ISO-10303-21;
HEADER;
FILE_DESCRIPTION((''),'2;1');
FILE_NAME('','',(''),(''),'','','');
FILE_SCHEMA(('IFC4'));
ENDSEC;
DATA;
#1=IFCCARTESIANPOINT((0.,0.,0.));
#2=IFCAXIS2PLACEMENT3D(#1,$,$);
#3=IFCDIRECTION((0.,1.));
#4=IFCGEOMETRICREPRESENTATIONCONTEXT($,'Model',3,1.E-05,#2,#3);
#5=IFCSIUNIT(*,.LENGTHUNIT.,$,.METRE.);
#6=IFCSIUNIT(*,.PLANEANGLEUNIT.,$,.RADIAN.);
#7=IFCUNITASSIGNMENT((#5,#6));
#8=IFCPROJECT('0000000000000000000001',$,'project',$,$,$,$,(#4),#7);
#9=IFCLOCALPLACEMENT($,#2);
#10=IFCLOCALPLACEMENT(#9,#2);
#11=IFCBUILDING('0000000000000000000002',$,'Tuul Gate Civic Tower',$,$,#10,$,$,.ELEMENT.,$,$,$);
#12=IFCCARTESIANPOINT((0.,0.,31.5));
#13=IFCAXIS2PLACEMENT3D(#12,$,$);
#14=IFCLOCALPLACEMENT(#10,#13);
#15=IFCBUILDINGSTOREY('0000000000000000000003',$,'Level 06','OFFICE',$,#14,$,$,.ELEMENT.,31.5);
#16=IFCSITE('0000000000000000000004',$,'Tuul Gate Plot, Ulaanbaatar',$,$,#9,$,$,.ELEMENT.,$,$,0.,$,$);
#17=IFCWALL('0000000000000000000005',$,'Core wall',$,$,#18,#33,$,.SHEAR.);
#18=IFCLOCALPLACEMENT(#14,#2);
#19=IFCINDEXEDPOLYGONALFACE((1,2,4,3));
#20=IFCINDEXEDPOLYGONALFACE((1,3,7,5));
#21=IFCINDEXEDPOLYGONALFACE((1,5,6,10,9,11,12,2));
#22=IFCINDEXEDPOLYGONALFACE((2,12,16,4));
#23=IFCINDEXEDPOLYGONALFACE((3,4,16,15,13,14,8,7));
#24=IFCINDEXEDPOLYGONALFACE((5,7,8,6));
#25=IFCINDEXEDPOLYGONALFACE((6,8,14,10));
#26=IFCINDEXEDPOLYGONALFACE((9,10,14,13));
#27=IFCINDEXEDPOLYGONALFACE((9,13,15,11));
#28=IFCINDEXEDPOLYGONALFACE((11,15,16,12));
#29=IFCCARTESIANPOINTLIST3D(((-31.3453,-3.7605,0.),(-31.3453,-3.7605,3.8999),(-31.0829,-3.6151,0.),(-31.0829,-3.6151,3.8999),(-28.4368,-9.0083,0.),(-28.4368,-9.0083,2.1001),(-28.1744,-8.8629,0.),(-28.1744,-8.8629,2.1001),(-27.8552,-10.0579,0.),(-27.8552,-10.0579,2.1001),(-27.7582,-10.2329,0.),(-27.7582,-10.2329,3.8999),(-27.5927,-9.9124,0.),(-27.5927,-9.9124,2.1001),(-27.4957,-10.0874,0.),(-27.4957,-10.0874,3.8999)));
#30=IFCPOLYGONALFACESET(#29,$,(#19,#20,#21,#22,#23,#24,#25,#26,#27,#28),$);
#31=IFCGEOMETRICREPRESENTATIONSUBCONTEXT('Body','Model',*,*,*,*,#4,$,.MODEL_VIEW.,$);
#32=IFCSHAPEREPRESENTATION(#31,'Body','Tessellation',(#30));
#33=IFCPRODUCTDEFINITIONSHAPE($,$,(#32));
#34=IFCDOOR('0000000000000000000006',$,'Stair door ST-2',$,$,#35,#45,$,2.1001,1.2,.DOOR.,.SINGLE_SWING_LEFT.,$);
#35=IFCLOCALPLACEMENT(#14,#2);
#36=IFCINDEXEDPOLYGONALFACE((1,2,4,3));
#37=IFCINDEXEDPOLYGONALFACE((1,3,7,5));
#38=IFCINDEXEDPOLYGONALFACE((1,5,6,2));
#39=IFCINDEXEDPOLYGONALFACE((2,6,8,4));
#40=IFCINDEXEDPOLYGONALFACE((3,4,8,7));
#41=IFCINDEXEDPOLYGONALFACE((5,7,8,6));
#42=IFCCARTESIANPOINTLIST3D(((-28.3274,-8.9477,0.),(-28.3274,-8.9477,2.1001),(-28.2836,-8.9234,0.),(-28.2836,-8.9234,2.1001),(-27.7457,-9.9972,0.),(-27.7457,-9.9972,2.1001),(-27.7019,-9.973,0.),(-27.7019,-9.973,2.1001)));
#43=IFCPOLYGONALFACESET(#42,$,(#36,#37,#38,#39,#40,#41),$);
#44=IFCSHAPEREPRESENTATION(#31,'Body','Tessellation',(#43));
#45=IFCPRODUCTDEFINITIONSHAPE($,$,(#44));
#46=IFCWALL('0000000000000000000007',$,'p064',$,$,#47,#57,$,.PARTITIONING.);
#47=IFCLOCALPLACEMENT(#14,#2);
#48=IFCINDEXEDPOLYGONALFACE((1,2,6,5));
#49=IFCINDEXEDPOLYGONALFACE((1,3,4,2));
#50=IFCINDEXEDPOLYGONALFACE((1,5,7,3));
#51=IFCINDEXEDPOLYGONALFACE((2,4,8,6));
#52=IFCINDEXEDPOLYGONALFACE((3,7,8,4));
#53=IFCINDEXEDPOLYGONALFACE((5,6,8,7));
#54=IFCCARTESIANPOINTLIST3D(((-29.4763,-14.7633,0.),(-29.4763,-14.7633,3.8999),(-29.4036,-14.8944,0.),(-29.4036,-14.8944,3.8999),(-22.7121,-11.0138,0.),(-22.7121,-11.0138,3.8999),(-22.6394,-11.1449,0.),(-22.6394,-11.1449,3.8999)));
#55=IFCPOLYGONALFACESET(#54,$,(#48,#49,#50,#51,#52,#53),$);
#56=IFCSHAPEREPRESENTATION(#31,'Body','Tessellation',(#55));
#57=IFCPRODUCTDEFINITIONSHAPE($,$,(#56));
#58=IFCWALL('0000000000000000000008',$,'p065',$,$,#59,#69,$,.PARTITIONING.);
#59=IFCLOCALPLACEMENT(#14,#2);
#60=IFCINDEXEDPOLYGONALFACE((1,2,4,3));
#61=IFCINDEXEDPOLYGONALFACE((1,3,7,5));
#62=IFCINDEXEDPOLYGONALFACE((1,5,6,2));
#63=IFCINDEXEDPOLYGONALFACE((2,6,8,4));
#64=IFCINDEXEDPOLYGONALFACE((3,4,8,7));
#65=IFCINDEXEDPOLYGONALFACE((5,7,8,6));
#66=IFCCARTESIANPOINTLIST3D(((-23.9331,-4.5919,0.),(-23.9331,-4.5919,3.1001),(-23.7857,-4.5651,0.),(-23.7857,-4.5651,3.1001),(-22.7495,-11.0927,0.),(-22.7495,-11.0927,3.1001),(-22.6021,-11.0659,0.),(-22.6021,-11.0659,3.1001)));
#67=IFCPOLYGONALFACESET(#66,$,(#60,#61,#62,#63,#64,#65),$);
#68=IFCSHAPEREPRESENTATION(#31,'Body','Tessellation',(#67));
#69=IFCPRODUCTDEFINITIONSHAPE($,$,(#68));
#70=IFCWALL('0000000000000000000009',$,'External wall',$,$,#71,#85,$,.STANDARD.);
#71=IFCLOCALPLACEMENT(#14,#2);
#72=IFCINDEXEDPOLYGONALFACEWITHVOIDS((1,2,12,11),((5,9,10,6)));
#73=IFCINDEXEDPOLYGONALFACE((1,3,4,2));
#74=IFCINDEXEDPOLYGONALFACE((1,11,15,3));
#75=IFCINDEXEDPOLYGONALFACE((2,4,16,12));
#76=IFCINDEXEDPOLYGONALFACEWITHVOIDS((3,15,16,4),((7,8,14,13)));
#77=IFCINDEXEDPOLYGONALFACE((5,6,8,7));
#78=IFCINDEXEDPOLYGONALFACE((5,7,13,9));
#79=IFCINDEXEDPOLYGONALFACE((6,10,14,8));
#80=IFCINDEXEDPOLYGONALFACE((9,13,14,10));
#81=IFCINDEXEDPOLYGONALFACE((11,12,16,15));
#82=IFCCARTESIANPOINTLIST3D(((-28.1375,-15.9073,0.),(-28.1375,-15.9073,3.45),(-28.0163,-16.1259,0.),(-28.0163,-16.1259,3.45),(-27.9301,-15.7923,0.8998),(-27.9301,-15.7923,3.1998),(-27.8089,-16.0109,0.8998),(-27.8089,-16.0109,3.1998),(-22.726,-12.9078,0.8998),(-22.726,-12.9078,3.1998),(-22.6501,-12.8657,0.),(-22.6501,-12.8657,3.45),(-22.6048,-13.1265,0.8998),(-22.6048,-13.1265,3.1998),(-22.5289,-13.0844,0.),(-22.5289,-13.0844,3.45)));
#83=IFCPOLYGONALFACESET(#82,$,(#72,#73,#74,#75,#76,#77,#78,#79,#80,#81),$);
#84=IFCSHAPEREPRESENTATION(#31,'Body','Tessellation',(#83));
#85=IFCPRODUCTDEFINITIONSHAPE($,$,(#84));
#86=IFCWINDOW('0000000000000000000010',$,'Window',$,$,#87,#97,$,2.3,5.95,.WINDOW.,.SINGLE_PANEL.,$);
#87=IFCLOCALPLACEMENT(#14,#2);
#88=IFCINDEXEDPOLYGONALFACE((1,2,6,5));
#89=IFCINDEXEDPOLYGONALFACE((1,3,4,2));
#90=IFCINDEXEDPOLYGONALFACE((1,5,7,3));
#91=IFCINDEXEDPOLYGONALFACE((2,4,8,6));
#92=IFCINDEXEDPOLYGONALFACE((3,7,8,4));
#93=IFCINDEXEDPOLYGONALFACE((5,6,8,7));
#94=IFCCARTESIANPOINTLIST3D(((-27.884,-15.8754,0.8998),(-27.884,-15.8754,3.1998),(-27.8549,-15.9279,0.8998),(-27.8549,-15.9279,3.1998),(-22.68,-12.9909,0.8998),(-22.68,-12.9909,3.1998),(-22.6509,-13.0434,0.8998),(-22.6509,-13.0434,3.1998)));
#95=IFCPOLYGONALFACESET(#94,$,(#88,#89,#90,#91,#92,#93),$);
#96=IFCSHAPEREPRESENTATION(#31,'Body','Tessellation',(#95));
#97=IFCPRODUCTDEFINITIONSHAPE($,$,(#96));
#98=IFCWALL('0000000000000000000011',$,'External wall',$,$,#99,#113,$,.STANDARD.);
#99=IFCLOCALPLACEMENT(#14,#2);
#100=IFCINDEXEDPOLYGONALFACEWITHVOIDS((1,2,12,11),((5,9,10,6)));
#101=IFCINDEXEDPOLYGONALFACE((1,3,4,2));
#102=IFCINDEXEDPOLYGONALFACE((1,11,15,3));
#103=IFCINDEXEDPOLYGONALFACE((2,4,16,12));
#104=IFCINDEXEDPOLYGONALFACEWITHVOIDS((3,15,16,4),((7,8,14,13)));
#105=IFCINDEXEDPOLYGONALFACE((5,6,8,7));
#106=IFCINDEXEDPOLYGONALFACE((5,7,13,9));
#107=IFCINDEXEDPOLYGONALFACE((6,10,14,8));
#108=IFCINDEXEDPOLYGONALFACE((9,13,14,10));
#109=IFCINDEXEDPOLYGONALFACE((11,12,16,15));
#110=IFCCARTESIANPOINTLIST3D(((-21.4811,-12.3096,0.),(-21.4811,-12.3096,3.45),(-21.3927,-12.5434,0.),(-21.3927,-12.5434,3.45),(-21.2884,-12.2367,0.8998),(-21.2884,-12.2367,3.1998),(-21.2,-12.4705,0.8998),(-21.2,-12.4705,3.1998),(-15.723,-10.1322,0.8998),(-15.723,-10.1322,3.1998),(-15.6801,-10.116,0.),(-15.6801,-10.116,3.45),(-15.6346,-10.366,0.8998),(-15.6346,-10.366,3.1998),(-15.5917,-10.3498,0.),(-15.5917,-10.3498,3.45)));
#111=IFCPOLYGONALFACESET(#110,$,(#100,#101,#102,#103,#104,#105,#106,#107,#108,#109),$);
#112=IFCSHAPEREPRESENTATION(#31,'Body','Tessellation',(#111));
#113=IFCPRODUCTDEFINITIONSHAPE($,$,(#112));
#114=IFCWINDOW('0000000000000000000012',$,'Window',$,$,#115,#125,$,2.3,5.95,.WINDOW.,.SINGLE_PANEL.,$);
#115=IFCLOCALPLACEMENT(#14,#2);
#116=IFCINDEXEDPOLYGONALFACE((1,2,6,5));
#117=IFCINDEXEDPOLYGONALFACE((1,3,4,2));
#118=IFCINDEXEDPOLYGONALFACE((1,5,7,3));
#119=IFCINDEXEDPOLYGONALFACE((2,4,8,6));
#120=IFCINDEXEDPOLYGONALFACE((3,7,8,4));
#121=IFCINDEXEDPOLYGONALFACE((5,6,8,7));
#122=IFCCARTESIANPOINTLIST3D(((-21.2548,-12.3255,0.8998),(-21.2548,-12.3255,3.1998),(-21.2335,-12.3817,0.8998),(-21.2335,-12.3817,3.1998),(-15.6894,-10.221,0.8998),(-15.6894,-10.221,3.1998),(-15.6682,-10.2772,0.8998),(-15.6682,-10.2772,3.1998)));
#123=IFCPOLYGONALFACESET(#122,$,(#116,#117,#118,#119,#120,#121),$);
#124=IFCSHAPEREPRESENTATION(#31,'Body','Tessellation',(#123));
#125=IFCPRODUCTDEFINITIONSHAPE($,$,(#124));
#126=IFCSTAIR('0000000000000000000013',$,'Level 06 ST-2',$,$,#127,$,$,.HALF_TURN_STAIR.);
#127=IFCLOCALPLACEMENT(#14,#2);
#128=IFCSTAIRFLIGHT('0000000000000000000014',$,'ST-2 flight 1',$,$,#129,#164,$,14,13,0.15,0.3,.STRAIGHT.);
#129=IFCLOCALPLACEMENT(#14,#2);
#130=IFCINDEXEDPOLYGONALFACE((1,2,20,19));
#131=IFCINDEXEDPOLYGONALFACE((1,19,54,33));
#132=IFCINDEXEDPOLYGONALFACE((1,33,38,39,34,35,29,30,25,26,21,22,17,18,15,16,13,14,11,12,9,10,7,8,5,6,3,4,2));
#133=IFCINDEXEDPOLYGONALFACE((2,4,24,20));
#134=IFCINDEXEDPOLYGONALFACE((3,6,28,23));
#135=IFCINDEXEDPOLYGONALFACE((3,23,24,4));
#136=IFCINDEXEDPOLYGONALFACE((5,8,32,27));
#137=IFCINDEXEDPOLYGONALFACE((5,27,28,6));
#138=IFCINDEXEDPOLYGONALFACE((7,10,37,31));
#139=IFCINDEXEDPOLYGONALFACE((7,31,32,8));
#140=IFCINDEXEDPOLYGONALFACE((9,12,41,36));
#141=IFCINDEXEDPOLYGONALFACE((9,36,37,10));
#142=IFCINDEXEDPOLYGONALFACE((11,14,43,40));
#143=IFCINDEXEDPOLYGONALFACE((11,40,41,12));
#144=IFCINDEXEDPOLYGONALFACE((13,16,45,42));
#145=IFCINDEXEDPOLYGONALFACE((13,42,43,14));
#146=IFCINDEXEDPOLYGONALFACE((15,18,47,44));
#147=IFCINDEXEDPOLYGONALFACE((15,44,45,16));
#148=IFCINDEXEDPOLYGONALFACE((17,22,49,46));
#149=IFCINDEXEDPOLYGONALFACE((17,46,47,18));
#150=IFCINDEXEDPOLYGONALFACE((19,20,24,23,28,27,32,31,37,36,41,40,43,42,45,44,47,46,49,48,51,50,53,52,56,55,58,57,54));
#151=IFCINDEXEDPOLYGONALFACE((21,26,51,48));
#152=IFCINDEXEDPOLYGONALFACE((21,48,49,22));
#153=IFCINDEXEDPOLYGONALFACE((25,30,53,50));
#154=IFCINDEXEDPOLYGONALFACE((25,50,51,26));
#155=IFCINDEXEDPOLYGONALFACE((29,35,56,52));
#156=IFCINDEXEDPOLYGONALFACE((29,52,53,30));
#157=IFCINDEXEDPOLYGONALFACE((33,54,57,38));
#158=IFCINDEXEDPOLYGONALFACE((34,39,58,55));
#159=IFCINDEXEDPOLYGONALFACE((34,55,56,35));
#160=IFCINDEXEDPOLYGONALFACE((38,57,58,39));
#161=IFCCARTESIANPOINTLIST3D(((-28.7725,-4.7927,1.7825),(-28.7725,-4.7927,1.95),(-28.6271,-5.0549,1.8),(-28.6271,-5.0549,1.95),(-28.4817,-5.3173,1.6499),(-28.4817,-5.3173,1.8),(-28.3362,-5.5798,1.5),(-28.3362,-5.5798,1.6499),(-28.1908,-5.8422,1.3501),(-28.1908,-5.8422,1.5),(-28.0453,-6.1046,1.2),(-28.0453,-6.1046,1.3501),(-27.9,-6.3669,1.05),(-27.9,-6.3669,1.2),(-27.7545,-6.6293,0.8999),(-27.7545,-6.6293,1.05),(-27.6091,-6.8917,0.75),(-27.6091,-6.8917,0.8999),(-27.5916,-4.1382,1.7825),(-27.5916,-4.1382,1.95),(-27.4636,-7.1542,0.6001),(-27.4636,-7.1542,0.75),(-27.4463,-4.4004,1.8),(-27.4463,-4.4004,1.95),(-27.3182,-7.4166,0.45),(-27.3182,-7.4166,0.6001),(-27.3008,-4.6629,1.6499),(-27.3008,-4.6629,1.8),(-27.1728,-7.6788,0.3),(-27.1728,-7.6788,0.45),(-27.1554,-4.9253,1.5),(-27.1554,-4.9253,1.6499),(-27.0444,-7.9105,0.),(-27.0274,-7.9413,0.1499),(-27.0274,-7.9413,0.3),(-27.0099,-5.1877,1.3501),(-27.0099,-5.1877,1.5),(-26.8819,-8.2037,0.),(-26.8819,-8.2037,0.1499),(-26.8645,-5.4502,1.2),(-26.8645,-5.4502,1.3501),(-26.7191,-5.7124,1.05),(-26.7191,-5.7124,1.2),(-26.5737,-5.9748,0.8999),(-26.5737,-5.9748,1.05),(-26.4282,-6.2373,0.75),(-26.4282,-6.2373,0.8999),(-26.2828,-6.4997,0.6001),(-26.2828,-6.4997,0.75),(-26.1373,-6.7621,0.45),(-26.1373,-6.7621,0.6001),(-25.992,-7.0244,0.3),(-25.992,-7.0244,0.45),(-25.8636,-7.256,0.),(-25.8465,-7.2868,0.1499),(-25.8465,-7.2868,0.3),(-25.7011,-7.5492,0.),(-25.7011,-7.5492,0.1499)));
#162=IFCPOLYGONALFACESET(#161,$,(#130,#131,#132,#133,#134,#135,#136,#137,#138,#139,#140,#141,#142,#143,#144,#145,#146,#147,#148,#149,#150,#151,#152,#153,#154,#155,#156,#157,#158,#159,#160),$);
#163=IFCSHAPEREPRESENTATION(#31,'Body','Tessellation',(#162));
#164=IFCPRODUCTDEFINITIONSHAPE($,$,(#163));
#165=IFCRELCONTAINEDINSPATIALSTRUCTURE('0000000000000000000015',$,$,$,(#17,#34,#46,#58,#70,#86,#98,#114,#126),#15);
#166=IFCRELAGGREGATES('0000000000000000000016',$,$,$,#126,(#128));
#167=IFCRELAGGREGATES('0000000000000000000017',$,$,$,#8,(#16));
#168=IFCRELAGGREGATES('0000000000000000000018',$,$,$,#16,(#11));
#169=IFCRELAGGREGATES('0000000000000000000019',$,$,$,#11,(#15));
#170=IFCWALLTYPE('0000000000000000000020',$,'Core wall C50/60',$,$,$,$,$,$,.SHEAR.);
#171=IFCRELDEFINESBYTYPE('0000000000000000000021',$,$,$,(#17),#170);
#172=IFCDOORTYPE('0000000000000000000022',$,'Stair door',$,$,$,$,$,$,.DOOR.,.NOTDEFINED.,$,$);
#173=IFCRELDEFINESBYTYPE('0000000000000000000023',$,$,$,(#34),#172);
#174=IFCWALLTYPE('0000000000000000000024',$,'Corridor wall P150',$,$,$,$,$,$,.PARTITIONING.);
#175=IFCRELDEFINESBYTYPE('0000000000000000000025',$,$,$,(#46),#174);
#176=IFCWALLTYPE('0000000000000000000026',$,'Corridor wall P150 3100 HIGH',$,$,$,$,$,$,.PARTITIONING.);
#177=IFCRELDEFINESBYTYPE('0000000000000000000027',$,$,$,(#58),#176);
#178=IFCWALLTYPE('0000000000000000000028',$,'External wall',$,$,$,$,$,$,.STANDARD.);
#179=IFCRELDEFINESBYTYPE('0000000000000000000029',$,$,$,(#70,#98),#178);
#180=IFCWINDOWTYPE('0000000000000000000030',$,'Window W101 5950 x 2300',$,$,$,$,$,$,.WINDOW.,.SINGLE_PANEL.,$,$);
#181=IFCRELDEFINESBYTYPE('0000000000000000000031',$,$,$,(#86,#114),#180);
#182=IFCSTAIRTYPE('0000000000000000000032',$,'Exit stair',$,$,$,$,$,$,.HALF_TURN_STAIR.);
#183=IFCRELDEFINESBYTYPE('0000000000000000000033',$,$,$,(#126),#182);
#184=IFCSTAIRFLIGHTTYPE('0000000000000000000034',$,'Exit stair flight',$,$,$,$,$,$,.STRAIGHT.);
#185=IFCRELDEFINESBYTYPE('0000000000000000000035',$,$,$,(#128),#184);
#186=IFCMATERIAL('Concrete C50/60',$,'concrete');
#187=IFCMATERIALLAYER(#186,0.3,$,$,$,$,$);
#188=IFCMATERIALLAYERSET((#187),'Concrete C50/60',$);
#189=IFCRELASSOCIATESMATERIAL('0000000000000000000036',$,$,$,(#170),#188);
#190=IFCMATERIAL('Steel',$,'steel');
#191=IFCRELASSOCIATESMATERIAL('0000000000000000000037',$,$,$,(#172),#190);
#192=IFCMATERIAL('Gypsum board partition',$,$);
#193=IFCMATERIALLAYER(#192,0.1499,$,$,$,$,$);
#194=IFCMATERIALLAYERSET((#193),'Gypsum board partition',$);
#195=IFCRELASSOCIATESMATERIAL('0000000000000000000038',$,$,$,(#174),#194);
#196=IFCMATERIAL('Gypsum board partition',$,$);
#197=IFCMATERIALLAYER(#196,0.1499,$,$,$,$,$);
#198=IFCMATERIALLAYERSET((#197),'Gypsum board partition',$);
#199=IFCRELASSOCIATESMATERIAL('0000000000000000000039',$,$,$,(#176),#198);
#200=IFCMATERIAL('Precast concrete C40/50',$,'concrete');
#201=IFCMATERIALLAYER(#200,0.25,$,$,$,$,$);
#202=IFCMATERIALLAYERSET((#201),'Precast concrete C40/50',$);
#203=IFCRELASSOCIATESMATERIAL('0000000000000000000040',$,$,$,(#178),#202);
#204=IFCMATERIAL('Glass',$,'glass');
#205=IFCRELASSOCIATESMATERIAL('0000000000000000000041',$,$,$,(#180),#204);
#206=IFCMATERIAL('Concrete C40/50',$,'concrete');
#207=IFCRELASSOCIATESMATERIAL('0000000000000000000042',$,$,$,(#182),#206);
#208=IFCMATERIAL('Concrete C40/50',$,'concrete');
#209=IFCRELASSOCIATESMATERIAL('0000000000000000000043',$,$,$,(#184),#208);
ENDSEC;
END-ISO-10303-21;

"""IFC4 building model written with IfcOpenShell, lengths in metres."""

from ifc_helpers import new_model, si_unit, direction, frame, frame_2d, origin, place, context, subcontext, project, spatial, polyline, rectangle, outline, extrude, material, layer, layer_set, type_object, element, fill, aggregate, save


model = new_model("IFC4")

# Units and contexts
model_context = context("Model", 3, precision=1e-05, world=origin(), true_north=direction((0.0, 1.0)))
body_context = subcontext(model_context, "Body", "Model", "MODEL_VIEW")
ifc_project = project(units=[si_unit("LENGTHUNIT", "METRE"), si_unit("PLANEANGLEUNIT", "RADIAN")], contexts=[model_context])

# Site, building, storey
site_placement = place(None, origin())
site = spatial("IfcSite", under=ifc_project, at=site_placement, Name="Tuul Gate Plot, Ulaanbaatar", CompositionType="ELEMENT", RefElevation=0.0)
building_placement = place(site_placement, origin())
building = spatial("IfcBuilding", under=site, at=building_placement, Name="Tuul Gate Civic Tower", CompositionType="ELEMENT")
storey_placement = place(building_placement, frame((0.0, 0.0, 31.5)))
storey = spatial("IfcBuildingStorey", under=building, at=storey_placement, Name="Level 06", Description="OFFICE", CompositionType="ELEMENT", Elevation=31.5)

# Shared definitions
ifc_material_1 = material(Name="Concrete C50/60", Category="concrete")
ifc_layer_1 = layer(ifc_material_1, 0.3)
ifc_layer_set_1 = layer_set([ifc_layer_1], Name="Concrete C50/60")
wall_type_1 = type_object("IfcWallType", Name="Core wall C50/60", PredefinedType="SHEAR", material=ifc_layer_set_1)

# Wall, opening, door
wall_1_placement = place(storey_placement, frame((-27.627, -10.1602, 0.0), z_axis=(0.0, 0.0, 1.0), x_axis=(-0.484752, 0.874652, 0.0)))
wall_1 = element("IfcWall", 1, at=wall_1_placement, inside=storey, type_object=wall_type_1, Name="Core wall", PredefinedType="SHEAR", context=body_context, shape_type="SweptSolid", body=[
    extrude(rectangle(XDim=7.3999, YDim=0.3, at=frame_2d((3.7, 0.0))), origin(), (0.0, 0.0, 1.0), 3.8999),
])
opening_1_placement = place(wall_1_placement, frame((0.2, 0.0, 0.0)))
opening_1 = element("IfcOpeningElement", 2, at=opening_1_placement, cuts=wall_1, PredefinedType="OPENING", context=body_context, shape_type="SweptSolid", body=[
    extrude(rectangle(XDim=1.2, YDim=2.1001, at=frame_2d((0.6001, 1.05))), frame((0.0, 0.1602, 0.0), z_axis=(0.0, -1.0, 0.0), x_axis=(1.0, 0.0, 0.0)), (0.0, 0.0, 1.0), 0.3201),
])
ifc_material_2 = material(Name="Steel", Category="steel")
door_type_1 = type_object("IfcDoorType", Name="Stair door", OperationType="NOTDEFINED", PredefinedType="DOOR", material=ifc_material_2)
door_1_placement = place(opening_1_placement, origin())
door_1 = element("IfcDoor", 3, at=door_1_placement, inside=storey, type_object=door_type_1, Name="Stair door ST-2", OperationType="SINGLE_SWING_LEFT", OverallHeight=2.1001, OverallWidth=1.2, PredefinedType="DOOR", context=body_context, shape_type="SweptSolid", body=[
    extrude(rectangle(XDim=1.2, YDim=2.1001, at=frame_2d((0.6001, 1.05))), frame((0.0, 0.0249, 0.0), z_axis=(0.0, -1.0, 0.0), x_axis=(1.0, 0.0, 0.0)), (0.0, 0.0, 1.0), 0.05),
])
fill(opening_1, door_1)

# Walls
ifc_material_3 = material(Name="Gypsum board partition")
ifc_layer_2 = layer(ifc_material_3, 0.1499)
ifc_layer_set_2 = layer_set([ifc_layer_2], Name="Gypsum board partition")
wall_type_2 = type_object("IfcWallType", Name="Corridor wall P150", PredefinedType="PARTITIONING", material=ifc_layer_set_2)
wall_2_placement = place(storey_placement, frame((-29.4399, -14.8289, 0.0), z_axis=(0.0, 0.0, 1.0), x_axis=(0.874616, 0.484817, 0.0)))
element("IfcWall", 4, at=wall_2_placement, inside=storey, type_object=wall_type_2, Name="p064", PredefinedType="PARTITIONING", context=body_context, shape_type="SweptSolid", body=[
    extrude(rectangle(XDim=7.7339, YDim=0.1499, at=frame_2d((3.8669, 0.0))), origin(), (0.0, 0.0, 1.0), 3.8999),
])
ifc_material_4 = material(Name="Gypsum board partition")
ifc_layer_3 = layer(ifc_material_4, 0.1499)
ifc_layer_set_3 = layer_set([ifc_layer_3], Name="Gypsum board partition")
wall_type_3 = type_object("IfcWallType", Name="Corridor wall P150 3100 HIGH", PredefinedType="PARTITIONING", material=ifc_layer_set_3)
wall_3_placement = place(storey_placement, frame((-23.8594, -4.5786, 0.0), z_axis=(0.0, 0.0, 1.0), x_axis=(0.179126, -0.983826, 0.0)))
element("IfcWall", 5, at=wall_3_placement, inside=storey, type_object=wall_type_3, Name="p065", PredefinedType="PARTITIONING", context=body_context, shape_type="SweptSolid", body=[
    extrude(rectangle(XDim=6.6077, YDim=0.1499, at=frame_2d((3.3037, 0.0))), origin(), (0.0, 0.0, 1.0), 3.1001),
])

# Walls, openings, windows
ifc_material_5 = material(Name="Precast concrete C40/50", Category="concrete")
ifc_layer_4 = layer(ifc_material_5, 0.25)
ifc_layer_set_4 = layer_set([ifc_layer_4], Name="Precast concrete C40/50")
wall_type_4 = type_object("IfcWallType", Name="External wall", PredefinedType="STANDARD", material=ifc_layer_set_4)
wall_4_placement = place(storey_placement, frame((-28.0769, -16.0166, 0.0), z_axis=(0.0, 0.0, 1.0), x_axis=(0.87463, 0.48479, 0.0)))
wall_4 = element("IfcWall", 6, at=wall_4_placement, inside=storey, type_object=wall_type_4, Name="External wall", PredefinedType="STANDARD", context=body_context, shape_type="SweptSolid", body=[
    extrude(rectangle(XDim=6.2739, YDim=0.25, at=frame_2d((3.137, 0.0))), origin(), (0.0, 0.0, 1.0), 3.45),
])
opening_2_placement = place(wall_4_placement, frame((0.2371, 0.0, 0.8999)))
opening_2 = element("IfcOpeningElement", 7, at=opening_2_placement, cuts=wall_4, PredefinedType="OPENING", context=body_context, shape_type="SweptSolid", body=[
    extrude(rectangle(XDim=5.95, YDim=2.3, at=frame_2d((2.9751, 1.1499))), frame((0.0, 0.135, 0.0), z_axis=(0.0, -1.0, 0.0), x_axis=(1.0, 0.0, 0.0)), (0.0, 0.0, 1.0), 0.27),
])
ifc_material_6 = material(Name="Glass", Category="glass")
window_type = type_object("IfcWindowType", Name="Window W101 5950 x 2300", PartitioningType="SINGLE_PANEL", PredefinedType="WINDOW", material=ifc_material_6)
window_1_placement = place(opening_2_placement, origin())
window_1 = element("IfcWindow", 8, at=window_1_placement, inside=storey, type_object=window_type, Name="Window", OverallHeight=2.3, OverallWidth=5.95, PartitioningType="SINGLE_PANEL", PredefinedType="WINDOW", context=body_context, shape_type="SweptSolid", body=[
    extrude(rectangle(XDim=5.95, YDim=2.3, at=frame_2d((2.9751, 1.1499))), frame((0.0, 0.03, 0.0), z_axis=(0.0, -1.0, 0.0), x_axis=(1.0, 0.0, 0.0)), (0.0, 0.0, 1.0), 0.0601),
])
fill(opening_2, window_1)
wall_5_placement = place(storey_placement, frame((-21.437, -12.4265, 0.0), z_axis=(0.0, 0.0, 1.0), x_axis=(0.93536, 0.353698, 0.0)))
wall_5 = element("IfcWall", 9, at=wall_5_placement, inside=storey, type_object=wall_type_4, Name="External wall", PredefinedType="STANDARD", context=body_context, shape_type="SweptSolid", body=[
    extrude(rectangle(XDim=6.2019, YDim=0.25, at=frame_2d((3.1011, 0.0))), origin(), (0.0, 0.0, 1.0), 3.45),
])
opening_3_placement = place(wall_5_placement, frame((0.2061, 0.0, 0.8999)))
opening_3 = element("IfcOpeningElement", 10, at=opening_3_placement, cuts=wall_5, PredefinedType="OPENING", context=body_context, shape_type="SweptSolid", body=[
    extrude(rectangle(XDim=5.95, YDim=2.3, at=frame_2d((2.9751, 1.1499))), frame((0.0, 0.135, 0.0), z_axis=(0.0, -1.0, 0.0), x_axis=(1.0, 0.0, 0.0)), (0.0, 0.0, 1.0), 0.27),
])
window_2_placement = place(opening_3_placement, origin())
window_2 = element("IfcWindow", 11, at=window_2_placement, inside=storey, type_object=window_type, Name="Window", OverallHeight=2.3, OverallWidth=5.95, PartitioningType="SINGLE_PANEL", PredefinedType="WINDOW", context=body_context, shape_type="SweptSolid", body=[
    extrude(rectangle(XDim=5.95, YDim=2.3, at=frame_2d((2.9751, 1.1499))), frame((0.0, 0.03, 0.0), z_axis=(0.0, -1.0, 0.0), x_axis=(1.0, 0.0, 0.0)), (0.0, 0.0, 1.0), 0.0601),
])
fill(opening_3, window_2)

# Stair, stair flight
ifc_material_7 = material(Name="Concrete C40/50", Category="concrete")
stair_type = type_object("IfcStairType", Name="Exit stair", PredefinedType="HALF_TURN_STAIR", material=ifc_material_7)
stair_placement = place(storey_placement, origin())
stair = element("IfcStair", 12, at=stair_placement, inside=storey, type_object=stair_type, Name="Level 06 ST-2", PredefinedType="HALF_TURN_STAIR")
ifc_material_8 = material(Name="Concrete C40/50", Category="concrete")
stair_flight_type = type_object("IfcStairFlightType", Name="Exit stair flight", PredefinedType="STRAIGHT", material=ifc_material_8)
stair_flight_1_placement = place(storey_placement, frame((-26.2915, -7.8765, 0.0), z_axis=(0.0, 0.0, 1.0), x_axis=(-0.484762, 0.874646, 0.0)))
stair_flight_1 = element("IfcStairFlight", 13, at=stair_flight_1_placement, type_object=stair_flight_type, Name="ST-2 flight 1", NumberOfRisers=14, NumberOfTreads=13, PredefinedType="STRAIGHT", RiserHeight=0.15, TreadLength=0.3, context=body_context, shape_type="SweptSolid", body=[
    extrude(outline(polyline([(0.0, 0.0), (0.0, 0.1499), (0.3, 0.1499), (0.3, 0.3), (0.6001, 0.3), (0.6001, 0.45), (0.8999, 0.45), (0.8999, 0.6001), (1.2, 0.6001), (1.2, 0.75), (1.5, 0.75), (1.5, 0.8999), (1.8, 0.8999), (1.8, 1.05), (2.1001, 1.05), (2.1001, 1.2), (2.3999, 1.2), (2.3999, 1.3501), (2.7, 1.3501), (2.7, 1.5), (3.0, 1.5), (3.0, 1.6499), (3.3, 1.6499), (3.3, 1.8), (3.6001, 1.8), (3.6001, 1.95), (3.8999, 1.95), (3.8999, 2.1001), (3.8999, 1.7825), (0.3352, 0.0), (0.0, 0.0)])), frame((0.0, 0.675, 0.0), z_axis=(0.0, -1.0, 0.0), x_axis=(1.0, 0.0, 0.0)), (0.0, 0.0, 1.0), 1.3501),
])
aggregate(stair, [stair_flight_1])

save(model, "model.ifc")
